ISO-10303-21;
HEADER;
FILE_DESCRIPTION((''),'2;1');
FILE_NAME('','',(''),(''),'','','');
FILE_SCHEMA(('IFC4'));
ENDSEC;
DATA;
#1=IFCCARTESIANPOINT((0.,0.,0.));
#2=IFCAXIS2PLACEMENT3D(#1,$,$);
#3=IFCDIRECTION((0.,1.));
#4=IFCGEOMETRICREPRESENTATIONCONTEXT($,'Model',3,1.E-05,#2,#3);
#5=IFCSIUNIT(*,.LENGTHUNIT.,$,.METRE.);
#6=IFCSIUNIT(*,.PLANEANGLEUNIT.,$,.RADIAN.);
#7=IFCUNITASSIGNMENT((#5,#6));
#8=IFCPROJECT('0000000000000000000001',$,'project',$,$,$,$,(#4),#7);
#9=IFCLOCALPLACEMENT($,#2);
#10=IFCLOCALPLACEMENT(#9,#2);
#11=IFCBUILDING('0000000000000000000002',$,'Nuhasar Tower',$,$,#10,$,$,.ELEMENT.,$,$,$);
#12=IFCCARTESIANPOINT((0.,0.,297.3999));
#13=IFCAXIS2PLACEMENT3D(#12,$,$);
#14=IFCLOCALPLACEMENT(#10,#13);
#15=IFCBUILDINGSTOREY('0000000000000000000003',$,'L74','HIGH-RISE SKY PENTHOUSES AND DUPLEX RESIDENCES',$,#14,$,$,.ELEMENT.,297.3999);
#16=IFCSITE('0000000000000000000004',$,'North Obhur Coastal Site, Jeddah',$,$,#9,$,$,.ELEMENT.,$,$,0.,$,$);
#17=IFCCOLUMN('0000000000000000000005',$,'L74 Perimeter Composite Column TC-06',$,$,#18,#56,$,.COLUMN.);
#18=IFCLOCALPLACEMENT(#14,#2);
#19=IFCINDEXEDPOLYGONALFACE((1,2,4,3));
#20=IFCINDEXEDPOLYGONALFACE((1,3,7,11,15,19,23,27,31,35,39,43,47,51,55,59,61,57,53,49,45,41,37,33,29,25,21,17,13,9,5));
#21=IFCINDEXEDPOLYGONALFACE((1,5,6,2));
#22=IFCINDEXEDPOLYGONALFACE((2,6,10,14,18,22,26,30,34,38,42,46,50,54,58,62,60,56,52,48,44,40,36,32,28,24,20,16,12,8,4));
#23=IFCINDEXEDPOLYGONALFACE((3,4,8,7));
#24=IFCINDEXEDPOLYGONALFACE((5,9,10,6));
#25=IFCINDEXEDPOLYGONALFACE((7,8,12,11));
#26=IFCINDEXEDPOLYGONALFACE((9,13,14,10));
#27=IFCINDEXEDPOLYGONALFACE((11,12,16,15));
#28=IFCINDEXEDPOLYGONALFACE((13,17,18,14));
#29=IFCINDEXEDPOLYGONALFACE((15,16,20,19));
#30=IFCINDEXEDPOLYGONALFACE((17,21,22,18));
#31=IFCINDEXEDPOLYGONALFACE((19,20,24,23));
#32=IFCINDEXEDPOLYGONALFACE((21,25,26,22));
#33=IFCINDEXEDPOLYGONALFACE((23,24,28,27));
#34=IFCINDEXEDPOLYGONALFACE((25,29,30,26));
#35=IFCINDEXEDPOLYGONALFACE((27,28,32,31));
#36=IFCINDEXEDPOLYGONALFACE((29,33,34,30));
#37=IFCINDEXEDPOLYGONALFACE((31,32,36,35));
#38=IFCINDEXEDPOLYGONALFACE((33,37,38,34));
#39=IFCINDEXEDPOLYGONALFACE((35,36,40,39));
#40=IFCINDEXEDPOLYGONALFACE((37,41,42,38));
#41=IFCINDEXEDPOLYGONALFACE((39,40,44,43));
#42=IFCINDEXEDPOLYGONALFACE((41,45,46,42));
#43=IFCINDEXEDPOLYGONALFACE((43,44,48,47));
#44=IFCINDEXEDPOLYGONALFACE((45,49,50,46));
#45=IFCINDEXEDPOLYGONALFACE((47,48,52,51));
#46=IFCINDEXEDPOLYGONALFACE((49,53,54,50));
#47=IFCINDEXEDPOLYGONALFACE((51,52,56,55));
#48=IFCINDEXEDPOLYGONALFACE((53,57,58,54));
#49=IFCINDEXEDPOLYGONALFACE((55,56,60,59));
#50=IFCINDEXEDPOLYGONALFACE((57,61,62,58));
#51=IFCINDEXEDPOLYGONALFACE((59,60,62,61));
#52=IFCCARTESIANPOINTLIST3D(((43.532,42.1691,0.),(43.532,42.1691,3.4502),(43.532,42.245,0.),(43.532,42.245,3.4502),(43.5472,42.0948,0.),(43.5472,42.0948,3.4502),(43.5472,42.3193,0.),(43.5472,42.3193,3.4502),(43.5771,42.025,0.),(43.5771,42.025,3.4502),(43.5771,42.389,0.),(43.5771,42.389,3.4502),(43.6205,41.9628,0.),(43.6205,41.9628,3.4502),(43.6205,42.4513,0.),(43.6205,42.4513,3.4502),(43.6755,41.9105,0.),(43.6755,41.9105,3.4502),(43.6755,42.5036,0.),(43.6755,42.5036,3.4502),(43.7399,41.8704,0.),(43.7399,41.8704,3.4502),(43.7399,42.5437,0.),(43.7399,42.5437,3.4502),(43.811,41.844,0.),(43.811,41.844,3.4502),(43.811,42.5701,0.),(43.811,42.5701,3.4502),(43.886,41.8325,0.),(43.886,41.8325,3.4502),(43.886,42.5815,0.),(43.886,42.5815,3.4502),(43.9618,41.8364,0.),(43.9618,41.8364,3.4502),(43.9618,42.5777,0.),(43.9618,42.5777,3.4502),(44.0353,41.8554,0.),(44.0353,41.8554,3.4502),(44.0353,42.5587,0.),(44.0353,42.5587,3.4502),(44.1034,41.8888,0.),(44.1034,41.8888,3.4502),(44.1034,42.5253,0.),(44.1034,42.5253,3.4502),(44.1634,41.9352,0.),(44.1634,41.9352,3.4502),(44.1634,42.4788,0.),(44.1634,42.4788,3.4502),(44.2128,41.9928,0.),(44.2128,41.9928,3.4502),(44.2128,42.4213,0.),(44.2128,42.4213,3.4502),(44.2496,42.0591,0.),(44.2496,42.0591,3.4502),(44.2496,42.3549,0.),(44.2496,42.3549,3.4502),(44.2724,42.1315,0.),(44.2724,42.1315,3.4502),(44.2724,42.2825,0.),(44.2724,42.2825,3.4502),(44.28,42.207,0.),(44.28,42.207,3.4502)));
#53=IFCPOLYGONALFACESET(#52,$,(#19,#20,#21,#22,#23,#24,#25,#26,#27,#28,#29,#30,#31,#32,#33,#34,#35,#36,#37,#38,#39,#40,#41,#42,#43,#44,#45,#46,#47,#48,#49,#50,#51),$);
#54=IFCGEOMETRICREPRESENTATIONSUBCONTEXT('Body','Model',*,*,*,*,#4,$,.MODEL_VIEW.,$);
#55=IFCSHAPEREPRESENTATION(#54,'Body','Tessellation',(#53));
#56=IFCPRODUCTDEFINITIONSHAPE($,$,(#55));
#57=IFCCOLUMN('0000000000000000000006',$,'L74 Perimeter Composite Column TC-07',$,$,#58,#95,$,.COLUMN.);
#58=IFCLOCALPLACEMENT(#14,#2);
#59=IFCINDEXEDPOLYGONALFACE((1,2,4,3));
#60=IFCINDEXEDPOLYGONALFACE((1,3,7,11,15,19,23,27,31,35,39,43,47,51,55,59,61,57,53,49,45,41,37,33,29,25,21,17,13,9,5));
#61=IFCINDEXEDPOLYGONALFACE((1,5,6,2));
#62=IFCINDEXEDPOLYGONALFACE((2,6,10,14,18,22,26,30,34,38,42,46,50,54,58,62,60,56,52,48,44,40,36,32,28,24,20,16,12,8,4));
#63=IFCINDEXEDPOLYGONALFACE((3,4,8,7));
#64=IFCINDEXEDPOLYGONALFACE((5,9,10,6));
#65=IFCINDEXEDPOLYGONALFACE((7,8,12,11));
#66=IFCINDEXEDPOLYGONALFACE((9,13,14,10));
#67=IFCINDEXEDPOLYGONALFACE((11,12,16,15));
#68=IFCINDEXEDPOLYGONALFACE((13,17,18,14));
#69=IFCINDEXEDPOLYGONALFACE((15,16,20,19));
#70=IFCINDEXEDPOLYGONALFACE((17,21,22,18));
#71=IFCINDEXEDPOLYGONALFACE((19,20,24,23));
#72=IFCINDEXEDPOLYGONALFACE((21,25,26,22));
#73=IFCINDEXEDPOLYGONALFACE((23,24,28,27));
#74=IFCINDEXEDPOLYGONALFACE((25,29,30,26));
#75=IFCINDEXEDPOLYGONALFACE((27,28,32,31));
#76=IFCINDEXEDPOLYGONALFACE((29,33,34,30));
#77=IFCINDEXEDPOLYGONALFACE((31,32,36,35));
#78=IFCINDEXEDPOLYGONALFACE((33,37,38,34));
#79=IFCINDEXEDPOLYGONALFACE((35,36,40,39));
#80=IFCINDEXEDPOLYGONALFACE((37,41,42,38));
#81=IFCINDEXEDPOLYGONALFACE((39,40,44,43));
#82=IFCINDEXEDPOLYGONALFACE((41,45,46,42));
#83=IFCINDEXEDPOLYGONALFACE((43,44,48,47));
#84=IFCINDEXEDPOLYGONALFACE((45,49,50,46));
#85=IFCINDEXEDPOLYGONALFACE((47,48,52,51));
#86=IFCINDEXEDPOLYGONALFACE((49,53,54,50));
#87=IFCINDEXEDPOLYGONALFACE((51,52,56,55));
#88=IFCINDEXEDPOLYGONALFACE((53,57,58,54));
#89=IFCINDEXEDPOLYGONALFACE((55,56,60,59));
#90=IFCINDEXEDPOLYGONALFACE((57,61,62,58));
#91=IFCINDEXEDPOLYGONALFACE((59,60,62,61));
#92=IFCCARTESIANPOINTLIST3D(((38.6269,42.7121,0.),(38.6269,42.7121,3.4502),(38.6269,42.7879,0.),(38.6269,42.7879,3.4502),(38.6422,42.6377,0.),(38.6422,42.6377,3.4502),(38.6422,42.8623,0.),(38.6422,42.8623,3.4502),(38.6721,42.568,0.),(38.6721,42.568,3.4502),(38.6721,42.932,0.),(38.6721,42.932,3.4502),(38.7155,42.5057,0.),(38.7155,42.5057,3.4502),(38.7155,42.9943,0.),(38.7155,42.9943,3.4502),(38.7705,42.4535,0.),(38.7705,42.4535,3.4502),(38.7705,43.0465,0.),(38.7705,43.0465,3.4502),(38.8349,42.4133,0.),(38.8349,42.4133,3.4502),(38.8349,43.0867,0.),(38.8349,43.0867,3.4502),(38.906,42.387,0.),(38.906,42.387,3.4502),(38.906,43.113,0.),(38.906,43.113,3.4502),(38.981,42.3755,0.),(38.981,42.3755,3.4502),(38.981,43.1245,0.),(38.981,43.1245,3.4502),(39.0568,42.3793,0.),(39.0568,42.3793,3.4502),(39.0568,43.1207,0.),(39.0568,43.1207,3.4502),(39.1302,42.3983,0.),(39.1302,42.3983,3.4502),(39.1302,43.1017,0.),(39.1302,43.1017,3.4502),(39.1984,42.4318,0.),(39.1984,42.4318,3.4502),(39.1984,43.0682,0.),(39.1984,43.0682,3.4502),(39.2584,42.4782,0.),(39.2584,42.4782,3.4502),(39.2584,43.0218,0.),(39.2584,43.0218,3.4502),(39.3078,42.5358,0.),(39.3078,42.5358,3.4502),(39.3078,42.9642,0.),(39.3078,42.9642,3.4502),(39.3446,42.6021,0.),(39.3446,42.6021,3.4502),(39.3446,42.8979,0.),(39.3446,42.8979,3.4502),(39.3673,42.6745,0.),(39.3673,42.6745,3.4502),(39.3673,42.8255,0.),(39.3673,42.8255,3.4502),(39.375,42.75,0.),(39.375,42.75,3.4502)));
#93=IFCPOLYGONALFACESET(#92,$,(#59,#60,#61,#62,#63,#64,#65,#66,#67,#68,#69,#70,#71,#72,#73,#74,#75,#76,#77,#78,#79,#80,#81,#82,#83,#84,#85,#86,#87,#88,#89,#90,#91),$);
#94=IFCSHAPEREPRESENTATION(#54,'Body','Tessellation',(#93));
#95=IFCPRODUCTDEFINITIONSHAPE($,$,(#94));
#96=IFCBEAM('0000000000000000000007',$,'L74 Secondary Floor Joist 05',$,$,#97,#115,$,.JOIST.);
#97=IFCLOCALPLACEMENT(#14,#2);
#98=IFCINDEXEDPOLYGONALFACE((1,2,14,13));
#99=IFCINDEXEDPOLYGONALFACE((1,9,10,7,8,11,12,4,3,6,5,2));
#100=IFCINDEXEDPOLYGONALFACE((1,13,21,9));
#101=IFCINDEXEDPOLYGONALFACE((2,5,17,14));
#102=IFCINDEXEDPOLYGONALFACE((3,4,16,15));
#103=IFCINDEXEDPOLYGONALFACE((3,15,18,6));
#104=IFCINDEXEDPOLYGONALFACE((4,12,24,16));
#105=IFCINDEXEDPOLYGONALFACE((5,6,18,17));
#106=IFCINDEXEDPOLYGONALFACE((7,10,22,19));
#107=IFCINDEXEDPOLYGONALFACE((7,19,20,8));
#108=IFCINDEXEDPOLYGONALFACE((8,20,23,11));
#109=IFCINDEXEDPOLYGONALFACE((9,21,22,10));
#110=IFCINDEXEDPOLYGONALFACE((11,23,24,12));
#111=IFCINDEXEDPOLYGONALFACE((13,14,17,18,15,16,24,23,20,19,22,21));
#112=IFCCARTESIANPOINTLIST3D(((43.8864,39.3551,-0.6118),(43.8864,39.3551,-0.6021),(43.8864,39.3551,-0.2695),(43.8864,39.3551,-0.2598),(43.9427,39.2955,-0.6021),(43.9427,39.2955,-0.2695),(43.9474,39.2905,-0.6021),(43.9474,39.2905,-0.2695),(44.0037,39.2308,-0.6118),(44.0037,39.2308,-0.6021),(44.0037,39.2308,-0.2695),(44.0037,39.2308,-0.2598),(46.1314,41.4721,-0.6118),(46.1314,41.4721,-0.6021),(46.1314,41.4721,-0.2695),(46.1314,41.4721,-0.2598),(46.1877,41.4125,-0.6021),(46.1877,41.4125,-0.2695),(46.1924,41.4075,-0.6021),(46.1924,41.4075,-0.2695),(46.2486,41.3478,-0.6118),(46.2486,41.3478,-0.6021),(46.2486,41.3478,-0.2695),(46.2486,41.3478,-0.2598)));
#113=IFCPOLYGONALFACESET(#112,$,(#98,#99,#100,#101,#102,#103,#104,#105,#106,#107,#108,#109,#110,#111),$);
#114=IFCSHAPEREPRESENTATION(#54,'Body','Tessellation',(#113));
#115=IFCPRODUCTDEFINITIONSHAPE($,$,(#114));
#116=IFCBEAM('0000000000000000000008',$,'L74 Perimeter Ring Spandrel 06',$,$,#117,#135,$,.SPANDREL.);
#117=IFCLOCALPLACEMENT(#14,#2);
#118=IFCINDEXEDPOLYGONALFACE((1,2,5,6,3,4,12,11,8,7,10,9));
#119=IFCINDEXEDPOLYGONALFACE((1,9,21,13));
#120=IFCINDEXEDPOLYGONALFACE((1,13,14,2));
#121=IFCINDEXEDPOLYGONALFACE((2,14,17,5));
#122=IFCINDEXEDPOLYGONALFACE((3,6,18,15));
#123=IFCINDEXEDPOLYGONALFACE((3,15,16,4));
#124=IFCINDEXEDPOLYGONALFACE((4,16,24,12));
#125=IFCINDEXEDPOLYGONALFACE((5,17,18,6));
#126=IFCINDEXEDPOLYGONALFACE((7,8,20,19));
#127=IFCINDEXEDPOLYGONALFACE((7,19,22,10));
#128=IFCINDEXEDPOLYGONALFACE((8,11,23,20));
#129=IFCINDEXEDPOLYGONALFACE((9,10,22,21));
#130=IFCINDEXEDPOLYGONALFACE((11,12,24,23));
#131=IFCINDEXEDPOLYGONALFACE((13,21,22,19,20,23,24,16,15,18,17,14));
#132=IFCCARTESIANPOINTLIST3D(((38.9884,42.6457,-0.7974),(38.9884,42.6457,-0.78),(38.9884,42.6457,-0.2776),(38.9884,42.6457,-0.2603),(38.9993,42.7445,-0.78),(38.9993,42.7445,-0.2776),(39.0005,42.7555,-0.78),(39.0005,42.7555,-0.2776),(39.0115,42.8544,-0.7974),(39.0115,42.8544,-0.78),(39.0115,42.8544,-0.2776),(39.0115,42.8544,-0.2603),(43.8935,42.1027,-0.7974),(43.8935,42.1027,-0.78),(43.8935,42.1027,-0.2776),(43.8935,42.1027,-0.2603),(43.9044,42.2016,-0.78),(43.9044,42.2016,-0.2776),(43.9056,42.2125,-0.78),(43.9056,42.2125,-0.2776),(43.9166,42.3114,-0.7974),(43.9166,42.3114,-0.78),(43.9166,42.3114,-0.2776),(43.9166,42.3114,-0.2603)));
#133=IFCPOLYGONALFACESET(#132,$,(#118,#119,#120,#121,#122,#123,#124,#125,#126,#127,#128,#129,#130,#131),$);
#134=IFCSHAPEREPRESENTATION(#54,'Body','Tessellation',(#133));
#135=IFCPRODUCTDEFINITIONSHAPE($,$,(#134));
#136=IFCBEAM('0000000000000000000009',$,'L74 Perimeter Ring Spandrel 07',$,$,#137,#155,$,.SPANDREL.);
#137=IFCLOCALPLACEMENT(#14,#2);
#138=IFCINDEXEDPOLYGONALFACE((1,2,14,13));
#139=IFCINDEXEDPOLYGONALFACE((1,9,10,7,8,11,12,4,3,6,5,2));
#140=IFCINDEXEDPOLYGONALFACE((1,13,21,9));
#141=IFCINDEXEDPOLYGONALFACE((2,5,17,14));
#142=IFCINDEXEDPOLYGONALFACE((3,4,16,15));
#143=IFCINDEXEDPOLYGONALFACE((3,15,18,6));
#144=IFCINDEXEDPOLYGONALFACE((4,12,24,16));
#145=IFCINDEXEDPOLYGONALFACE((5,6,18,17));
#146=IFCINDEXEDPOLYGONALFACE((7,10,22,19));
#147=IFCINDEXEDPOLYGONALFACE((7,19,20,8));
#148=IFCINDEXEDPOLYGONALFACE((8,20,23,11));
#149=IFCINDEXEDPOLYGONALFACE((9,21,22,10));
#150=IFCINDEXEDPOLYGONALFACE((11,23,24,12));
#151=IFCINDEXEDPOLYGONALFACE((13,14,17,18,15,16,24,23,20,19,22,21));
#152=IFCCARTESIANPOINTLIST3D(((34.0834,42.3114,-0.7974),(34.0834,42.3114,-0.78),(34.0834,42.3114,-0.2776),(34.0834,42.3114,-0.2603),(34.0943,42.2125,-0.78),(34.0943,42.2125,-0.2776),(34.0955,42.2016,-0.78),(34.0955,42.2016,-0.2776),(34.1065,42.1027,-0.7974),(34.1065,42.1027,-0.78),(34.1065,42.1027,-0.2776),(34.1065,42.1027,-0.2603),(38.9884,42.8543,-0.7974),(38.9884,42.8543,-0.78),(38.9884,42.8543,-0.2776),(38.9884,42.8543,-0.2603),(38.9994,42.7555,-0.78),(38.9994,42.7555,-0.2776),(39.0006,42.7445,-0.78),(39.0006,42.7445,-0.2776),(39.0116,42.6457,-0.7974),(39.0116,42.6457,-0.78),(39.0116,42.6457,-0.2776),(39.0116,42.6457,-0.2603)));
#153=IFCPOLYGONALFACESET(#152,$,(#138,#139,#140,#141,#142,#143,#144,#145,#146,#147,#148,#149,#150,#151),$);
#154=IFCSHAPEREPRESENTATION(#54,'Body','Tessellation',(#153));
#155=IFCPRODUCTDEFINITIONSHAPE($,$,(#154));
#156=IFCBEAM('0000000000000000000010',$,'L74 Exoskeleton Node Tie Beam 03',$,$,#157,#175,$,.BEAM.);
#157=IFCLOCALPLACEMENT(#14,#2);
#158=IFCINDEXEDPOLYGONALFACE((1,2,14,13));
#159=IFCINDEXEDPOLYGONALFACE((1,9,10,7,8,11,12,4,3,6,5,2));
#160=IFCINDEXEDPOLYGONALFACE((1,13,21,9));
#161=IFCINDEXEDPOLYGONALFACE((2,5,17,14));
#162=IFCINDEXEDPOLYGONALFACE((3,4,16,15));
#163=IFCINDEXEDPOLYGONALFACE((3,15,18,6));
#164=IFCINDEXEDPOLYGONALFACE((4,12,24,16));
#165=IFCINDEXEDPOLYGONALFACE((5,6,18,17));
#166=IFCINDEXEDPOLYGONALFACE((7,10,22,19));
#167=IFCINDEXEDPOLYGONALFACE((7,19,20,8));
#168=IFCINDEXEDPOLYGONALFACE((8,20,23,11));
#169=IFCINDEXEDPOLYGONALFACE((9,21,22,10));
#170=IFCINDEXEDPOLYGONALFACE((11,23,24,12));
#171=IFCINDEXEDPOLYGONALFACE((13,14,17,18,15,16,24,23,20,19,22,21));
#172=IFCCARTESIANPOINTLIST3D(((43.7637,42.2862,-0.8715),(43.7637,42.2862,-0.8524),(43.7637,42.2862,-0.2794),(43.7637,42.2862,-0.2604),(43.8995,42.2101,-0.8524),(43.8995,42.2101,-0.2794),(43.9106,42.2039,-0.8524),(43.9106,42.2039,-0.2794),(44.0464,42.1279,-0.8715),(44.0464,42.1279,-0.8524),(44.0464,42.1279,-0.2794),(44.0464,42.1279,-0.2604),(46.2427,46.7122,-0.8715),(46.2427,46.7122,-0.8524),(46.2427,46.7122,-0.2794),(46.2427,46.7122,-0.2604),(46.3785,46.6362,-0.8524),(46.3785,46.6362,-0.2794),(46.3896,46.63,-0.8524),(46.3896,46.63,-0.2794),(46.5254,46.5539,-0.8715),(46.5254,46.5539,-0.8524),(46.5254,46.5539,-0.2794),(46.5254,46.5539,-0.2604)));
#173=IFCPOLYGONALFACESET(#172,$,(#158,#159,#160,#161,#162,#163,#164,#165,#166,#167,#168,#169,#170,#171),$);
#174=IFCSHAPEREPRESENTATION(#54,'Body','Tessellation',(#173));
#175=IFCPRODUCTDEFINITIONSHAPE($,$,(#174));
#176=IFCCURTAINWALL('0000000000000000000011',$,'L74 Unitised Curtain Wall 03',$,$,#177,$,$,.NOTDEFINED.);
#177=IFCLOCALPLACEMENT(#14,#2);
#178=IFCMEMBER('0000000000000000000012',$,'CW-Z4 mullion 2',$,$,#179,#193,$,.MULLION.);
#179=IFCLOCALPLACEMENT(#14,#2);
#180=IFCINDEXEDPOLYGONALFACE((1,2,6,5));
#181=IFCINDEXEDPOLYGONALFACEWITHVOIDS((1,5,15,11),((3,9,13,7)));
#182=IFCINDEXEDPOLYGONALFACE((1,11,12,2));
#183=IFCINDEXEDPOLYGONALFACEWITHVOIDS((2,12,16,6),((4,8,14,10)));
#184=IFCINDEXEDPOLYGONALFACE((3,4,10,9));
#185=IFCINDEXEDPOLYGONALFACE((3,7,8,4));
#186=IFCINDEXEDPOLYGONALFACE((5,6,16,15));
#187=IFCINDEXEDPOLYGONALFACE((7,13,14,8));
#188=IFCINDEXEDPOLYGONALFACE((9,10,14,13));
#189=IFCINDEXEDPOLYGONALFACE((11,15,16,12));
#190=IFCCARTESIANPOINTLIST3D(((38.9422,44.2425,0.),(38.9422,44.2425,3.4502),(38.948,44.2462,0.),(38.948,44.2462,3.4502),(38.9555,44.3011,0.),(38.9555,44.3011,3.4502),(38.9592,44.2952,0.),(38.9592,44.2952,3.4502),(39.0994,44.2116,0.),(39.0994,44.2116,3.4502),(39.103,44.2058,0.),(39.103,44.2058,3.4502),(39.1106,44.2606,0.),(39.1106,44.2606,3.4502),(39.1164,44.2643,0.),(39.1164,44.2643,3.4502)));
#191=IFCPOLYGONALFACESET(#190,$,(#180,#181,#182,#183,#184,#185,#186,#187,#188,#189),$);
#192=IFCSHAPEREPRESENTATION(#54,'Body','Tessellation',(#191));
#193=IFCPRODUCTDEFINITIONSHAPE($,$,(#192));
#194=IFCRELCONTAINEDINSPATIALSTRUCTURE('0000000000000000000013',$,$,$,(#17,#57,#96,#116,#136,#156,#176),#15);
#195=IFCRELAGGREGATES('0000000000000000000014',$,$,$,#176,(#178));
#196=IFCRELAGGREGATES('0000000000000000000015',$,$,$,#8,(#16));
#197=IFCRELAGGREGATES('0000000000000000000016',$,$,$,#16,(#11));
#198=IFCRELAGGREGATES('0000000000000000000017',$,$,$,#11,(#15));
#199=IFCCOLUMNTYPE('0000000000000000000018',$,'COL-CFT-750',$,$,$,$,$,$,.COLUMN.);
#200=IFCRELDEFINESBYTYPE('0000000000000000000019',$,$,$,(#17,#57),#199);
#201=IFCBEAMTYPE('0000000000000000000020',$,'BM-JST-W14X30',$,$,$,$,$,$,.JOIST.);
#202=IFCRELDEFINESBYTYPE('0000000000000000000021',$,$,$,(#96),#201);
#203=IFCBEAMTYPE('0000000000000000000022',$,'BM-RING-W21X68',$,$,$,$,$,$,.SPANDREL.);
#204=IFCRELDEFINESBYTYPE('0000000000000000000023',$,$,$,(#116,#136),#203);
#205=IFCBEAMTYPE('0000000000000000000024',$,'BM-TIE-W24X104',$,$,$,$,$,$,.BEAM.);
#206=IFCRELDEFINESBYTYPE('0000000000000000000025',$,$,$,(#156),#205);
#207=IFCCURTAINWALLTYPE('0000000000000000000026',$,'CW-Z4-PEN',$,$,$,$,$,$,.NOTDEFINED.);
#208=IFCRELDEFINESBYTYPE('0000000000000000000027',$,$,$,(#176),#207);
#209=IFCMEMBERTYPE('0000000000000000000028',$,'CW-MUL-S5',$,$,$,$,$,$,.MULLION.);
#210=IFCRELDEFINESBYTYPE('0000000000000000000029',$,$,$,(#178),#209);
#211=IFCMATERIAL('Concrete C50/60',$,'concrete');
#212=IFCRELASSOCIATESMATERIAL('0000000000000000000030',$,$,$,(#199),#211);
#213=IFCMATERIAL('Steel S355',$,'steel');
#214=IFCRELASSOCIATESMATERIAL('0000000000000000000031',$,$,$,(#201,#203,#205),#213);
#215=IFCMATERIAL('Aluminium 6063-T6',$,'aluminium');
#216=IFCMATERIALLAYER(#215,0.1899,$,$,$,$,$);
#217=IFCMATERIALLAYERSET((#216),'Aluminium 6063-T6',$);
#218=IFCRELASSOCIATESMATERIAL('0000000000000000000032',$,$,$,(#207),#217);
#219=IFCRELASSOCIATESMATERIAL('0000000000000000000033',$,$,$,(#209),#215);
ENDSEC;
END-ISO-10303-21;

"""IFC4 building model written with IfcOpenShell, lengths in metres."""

from ifc_helpers import new_model, si_unit, direction, frame, origin, origin_2d, place, context, subcontext, project, spatial, hollow_rectangle, circle, i_section, extrude, material, layer, layer_set, material_profile, profile_set, type_object, element, aggregate, save


model = new_model("IFC4")

# Units and contexts
model_context = context("Model", 3, precision=1e-05, world=origin(), true_north=direction((0.0, 1.0)))
body_context = subcontext(model_context, "Body", "Model", "MODEL_VIEW")
ifc_project = project(units=[si_unit("LENGTHUNIT", "METRE"), si_unit("PLANEANGLEUNIT", "RADIAN")], contexts=[model_context])

# Site, building, storey
site_placement = place(None, origin())
site = spatial("IfcSite", under=ifc_project, at=site_placement, Name="North Obhur Coastal Site, Jeddah", CompositionType="ELEMENT", RefElevation=0.0)
building_placement = place(site_placement, origin())
building = spatial("IfcBuilding", under=site, at=building_placement, Name="Nuhasar Tower", CompositionType="ELEMENT")
storey_placement = place(building_placement, frame((0.0, 0.0, 297.3999)))
storey = spatial("IfcBuildingStorey", under=building, at=storey_placement, Name="L74", Description="HIGH-RISE SKY PENTHOUSES AND DUPLEX RESIDENCES", CompositionType="ELEMENT", Elevation=297.3999)

# Columns
ifc_material_1 = material(Name="Concrete C50/60", Category="concrete")
ifc_material_profile_1 = material_profile(ifc_material_1, circle(Radius=0.375, at=origin_2d()), Name="CFT750")
ifc_profile_set_1 = profile_set([ifc_material_profile_1], Name="Concrete C50/60")
column_type = type_object("IfcColumnType", Name="COL-CFT-750", PredefinedType="COLUMN", material=ifc_profile_set_1)
for number, where, z_axis, x_axis, name in (
    (1, (43.905, 42.207, 0.0), (0.0, 0.0, 1.0), (1.0, 0.0, 0.0), "L74 Perimeter Composite Column TC-06"),
    (2, (39.0, 42.75, 0.0), (0.0, 0.0, 1.0), (1.0, 0.0, 0.0), "L74 Perimeter Composite Column TC-07"),
):
    element("IfcColumn", number, at=place(storey_placement, frame(where, z_axis=z_axis, x_axis=x_axis)), inside=storey, type_object=column_type, Name=name, PredefinedType="COLUMN", context=body_context, shape_type="SweptSolid", body=[
        extrude(circle(Radius=0.375, at=origin_2d()), origin(), (0.0, 0.0, 1.0), 3.4502),
    ])

# Beams
ifc_material_2 = material(Name="Steel S355", Category="steel")
ifc_material_profile_2 = material_profile(ifc_material_2, i_section(OverallWidth=0.1709, OverallDepth=0.3521, WebThickness=0.0068, FlangeThickness=0.0098, at=origin_2d()), Name="W14X30")
ifc_profile_set_2 = profile_set([ifc_material_profile_2], Name="Steel S355")
beam_type_1 = type_object("IfcBeamType", Name="BM-JST-W14X30", PredefinedType="JOIST", material=ifc_profile_set_2)
beam_1_placement = place(storey_placement, frame((43.9451, 39.293, -0.4358), z_axis=(0.727533, 0.686073, 0.0), x_axis=(-0.686073, 0.727533, 0.0)))
element("IfcBeam", 3, at=beam_1_placement, inside=storey, type_object=beam_type_1, Name="L74 Secondary Floor Joist 05", PredefinedType="JOIST", context=body_context, shape_type="SweptSolid", body=[
    extrude(i_section(OverallWidth=0.1709, OverallDepth=0.3521, WebThickness=0.0068, FlangeThickness=0.0098, at=origin_2d()), origin(), (0.0, 0.0, 1.0), 3.0857),
])
ifc_material_profile_3 = material_profile(ifc_material_2, i_section(OverallWidth=0.21, OverallDepth=0.5371, WebThickness=0.011, FlangeThickness=0.0173, at=origin_2d()), Name="W21X68")
ifc_profile_set_3 = profile_set([ifc_material_profile_3], Name="Steel S355")
beam_type_2 = type_object("IfcBeamType", Name="BM-RING-W21X68", PredefinedType="SPANDREL", material=ifc_profile_set_3)
for number, where, z_axis, x_axis, name in (
    (4, (43.905, 42.207, -0.5288), (-0.993929, 0.110024, 0.0), (-0.110024, -0.993929, 0.0), "L74 Perimeter Ring Spandrel 06"),
    (5, (39.0, 42.75, -0.5288), (-0.993929, -0.110024, 0.0), (0.110024, -0.993929, 0.0), "L74 Perimeter Ring Spandrel 07"),
):
    element("IfcBeam", number, at=place(storey_placement, frame(where, z_axis=z_axis, x_axis=x_axis)), inside=storey, type_object=beam_type_2, Name=name, PredefinedType="SPANDREL", context=body_context, shape_type="SweptSolid", body=[
        extrude(i_section(OverallWidth=0.21, OverallDepth=0.5371, WebThickness=0.011, FlangeThickness=0.0173, at=origin_2d()), origin(), (0.0, 0.0, 1.0), 4.9351),
    ])
ifc_material_profile_4 = material_profile(ifc_material_2, i_section(OverallWidth=0.324, OverallDepth=0.6111, WebThickness=0.0127, FlangeThickness=0.019, at=origin_2d()), Name="W24X104")
ifc_profile_set_4 = profile_set([ifc_material_profile_4], Name="Steel S355")
beam_type_3 = type_object("IfcBeamType", Name="BM-TIE-W24X104", PredefinedType="BEAM", material=ifc_profile_set_4)
beam_2_placement = place(storey_placement, frame((43.905, 42.207, -0.5659), z_axis=(0.488668, 0.87247, 0.0), x_axis=(-0.87247, 0.488668, 0.0)))
element("IfcBeam", 6, at=beam_2_placement, inside=storey, type_object=beam_type_3, Name="L74 Exoskeleton Node Tie Beam 03", PredefinedType="BEAM", context=body_context, shape_type="SweptSolid", body=[
    extrude(i_section(OverallWidth=0.324, OverallDepth=0.6111, WebThickness=0.0127, FlangeThickness=0.019, at=origin_2d()), origin(), (0.0, 0.0, 1.0), 5.073),
])

# Curtain wall, member
ifc_material_3 = material(Name="Aluminium 6063-T6", Category="aluminium")
ifc_layer_1 = layer(ifc_material_3, 0.1899)
ifc_layer_set_1 = layer_set([ifc_layer_1], Name="Aluminium 6063-T6")
curtain_wall_type = type_object("IfcCurtainWallType", Name="CW-Z4-PEN", PredefinedType="NOTDEFINED", material=ifc_layer_set_1)
curtain_wall_placement = place(storey_placement, origin())
curtain_wall = element("IfcCurtainWall", 7, at=curtain_wall_placement, inside=storey, type_object=curtain_wall_type, Name="L74 Unitised Curtain Wall 03", PredefinedType="NOTDEFINED")
ifc_material_profile_5 = material_profile(ifc_material_3, hollow_rectangle(XDim=0.0601, YDim=0.165, WallThickness=0.0049, at=origin_2d()), Name="CWM-5")
ifc_profile_set_5 = profile_set([ifc_material_profile_5], Name="Aluminium 6063-T6")
member_type_1 = type_object("IfcMemberType", Name="CW-MUL-S5", PredefinedType="MULLION", material=ifc_profile_set_5)
member_1_placement = place(storey_placement, frame((39.0293, 44.2534, 0.0), z_axis=(0.0, 0.0, 1.0), x_axis=(-0.222889, -0.974844, 0.0)))
member_1 = element("IfcMember", 8, at=member_1_placement, type_object=member_type_1, Name="CW-Z4 mullion 2", PredefinedType="MULLION", context=body_context, shape_type="SweptSolid", body=[
    extrude(hollow_rectangle(XDim=0.0601, YDim=0.165, WallThickness=0.0049, at=origin_2d()), origin(), (0.0, 0.0, 1.0), 3.4502),
])

aggregate(curtain_wall, [member_1])

save(model, "model.ifc")
